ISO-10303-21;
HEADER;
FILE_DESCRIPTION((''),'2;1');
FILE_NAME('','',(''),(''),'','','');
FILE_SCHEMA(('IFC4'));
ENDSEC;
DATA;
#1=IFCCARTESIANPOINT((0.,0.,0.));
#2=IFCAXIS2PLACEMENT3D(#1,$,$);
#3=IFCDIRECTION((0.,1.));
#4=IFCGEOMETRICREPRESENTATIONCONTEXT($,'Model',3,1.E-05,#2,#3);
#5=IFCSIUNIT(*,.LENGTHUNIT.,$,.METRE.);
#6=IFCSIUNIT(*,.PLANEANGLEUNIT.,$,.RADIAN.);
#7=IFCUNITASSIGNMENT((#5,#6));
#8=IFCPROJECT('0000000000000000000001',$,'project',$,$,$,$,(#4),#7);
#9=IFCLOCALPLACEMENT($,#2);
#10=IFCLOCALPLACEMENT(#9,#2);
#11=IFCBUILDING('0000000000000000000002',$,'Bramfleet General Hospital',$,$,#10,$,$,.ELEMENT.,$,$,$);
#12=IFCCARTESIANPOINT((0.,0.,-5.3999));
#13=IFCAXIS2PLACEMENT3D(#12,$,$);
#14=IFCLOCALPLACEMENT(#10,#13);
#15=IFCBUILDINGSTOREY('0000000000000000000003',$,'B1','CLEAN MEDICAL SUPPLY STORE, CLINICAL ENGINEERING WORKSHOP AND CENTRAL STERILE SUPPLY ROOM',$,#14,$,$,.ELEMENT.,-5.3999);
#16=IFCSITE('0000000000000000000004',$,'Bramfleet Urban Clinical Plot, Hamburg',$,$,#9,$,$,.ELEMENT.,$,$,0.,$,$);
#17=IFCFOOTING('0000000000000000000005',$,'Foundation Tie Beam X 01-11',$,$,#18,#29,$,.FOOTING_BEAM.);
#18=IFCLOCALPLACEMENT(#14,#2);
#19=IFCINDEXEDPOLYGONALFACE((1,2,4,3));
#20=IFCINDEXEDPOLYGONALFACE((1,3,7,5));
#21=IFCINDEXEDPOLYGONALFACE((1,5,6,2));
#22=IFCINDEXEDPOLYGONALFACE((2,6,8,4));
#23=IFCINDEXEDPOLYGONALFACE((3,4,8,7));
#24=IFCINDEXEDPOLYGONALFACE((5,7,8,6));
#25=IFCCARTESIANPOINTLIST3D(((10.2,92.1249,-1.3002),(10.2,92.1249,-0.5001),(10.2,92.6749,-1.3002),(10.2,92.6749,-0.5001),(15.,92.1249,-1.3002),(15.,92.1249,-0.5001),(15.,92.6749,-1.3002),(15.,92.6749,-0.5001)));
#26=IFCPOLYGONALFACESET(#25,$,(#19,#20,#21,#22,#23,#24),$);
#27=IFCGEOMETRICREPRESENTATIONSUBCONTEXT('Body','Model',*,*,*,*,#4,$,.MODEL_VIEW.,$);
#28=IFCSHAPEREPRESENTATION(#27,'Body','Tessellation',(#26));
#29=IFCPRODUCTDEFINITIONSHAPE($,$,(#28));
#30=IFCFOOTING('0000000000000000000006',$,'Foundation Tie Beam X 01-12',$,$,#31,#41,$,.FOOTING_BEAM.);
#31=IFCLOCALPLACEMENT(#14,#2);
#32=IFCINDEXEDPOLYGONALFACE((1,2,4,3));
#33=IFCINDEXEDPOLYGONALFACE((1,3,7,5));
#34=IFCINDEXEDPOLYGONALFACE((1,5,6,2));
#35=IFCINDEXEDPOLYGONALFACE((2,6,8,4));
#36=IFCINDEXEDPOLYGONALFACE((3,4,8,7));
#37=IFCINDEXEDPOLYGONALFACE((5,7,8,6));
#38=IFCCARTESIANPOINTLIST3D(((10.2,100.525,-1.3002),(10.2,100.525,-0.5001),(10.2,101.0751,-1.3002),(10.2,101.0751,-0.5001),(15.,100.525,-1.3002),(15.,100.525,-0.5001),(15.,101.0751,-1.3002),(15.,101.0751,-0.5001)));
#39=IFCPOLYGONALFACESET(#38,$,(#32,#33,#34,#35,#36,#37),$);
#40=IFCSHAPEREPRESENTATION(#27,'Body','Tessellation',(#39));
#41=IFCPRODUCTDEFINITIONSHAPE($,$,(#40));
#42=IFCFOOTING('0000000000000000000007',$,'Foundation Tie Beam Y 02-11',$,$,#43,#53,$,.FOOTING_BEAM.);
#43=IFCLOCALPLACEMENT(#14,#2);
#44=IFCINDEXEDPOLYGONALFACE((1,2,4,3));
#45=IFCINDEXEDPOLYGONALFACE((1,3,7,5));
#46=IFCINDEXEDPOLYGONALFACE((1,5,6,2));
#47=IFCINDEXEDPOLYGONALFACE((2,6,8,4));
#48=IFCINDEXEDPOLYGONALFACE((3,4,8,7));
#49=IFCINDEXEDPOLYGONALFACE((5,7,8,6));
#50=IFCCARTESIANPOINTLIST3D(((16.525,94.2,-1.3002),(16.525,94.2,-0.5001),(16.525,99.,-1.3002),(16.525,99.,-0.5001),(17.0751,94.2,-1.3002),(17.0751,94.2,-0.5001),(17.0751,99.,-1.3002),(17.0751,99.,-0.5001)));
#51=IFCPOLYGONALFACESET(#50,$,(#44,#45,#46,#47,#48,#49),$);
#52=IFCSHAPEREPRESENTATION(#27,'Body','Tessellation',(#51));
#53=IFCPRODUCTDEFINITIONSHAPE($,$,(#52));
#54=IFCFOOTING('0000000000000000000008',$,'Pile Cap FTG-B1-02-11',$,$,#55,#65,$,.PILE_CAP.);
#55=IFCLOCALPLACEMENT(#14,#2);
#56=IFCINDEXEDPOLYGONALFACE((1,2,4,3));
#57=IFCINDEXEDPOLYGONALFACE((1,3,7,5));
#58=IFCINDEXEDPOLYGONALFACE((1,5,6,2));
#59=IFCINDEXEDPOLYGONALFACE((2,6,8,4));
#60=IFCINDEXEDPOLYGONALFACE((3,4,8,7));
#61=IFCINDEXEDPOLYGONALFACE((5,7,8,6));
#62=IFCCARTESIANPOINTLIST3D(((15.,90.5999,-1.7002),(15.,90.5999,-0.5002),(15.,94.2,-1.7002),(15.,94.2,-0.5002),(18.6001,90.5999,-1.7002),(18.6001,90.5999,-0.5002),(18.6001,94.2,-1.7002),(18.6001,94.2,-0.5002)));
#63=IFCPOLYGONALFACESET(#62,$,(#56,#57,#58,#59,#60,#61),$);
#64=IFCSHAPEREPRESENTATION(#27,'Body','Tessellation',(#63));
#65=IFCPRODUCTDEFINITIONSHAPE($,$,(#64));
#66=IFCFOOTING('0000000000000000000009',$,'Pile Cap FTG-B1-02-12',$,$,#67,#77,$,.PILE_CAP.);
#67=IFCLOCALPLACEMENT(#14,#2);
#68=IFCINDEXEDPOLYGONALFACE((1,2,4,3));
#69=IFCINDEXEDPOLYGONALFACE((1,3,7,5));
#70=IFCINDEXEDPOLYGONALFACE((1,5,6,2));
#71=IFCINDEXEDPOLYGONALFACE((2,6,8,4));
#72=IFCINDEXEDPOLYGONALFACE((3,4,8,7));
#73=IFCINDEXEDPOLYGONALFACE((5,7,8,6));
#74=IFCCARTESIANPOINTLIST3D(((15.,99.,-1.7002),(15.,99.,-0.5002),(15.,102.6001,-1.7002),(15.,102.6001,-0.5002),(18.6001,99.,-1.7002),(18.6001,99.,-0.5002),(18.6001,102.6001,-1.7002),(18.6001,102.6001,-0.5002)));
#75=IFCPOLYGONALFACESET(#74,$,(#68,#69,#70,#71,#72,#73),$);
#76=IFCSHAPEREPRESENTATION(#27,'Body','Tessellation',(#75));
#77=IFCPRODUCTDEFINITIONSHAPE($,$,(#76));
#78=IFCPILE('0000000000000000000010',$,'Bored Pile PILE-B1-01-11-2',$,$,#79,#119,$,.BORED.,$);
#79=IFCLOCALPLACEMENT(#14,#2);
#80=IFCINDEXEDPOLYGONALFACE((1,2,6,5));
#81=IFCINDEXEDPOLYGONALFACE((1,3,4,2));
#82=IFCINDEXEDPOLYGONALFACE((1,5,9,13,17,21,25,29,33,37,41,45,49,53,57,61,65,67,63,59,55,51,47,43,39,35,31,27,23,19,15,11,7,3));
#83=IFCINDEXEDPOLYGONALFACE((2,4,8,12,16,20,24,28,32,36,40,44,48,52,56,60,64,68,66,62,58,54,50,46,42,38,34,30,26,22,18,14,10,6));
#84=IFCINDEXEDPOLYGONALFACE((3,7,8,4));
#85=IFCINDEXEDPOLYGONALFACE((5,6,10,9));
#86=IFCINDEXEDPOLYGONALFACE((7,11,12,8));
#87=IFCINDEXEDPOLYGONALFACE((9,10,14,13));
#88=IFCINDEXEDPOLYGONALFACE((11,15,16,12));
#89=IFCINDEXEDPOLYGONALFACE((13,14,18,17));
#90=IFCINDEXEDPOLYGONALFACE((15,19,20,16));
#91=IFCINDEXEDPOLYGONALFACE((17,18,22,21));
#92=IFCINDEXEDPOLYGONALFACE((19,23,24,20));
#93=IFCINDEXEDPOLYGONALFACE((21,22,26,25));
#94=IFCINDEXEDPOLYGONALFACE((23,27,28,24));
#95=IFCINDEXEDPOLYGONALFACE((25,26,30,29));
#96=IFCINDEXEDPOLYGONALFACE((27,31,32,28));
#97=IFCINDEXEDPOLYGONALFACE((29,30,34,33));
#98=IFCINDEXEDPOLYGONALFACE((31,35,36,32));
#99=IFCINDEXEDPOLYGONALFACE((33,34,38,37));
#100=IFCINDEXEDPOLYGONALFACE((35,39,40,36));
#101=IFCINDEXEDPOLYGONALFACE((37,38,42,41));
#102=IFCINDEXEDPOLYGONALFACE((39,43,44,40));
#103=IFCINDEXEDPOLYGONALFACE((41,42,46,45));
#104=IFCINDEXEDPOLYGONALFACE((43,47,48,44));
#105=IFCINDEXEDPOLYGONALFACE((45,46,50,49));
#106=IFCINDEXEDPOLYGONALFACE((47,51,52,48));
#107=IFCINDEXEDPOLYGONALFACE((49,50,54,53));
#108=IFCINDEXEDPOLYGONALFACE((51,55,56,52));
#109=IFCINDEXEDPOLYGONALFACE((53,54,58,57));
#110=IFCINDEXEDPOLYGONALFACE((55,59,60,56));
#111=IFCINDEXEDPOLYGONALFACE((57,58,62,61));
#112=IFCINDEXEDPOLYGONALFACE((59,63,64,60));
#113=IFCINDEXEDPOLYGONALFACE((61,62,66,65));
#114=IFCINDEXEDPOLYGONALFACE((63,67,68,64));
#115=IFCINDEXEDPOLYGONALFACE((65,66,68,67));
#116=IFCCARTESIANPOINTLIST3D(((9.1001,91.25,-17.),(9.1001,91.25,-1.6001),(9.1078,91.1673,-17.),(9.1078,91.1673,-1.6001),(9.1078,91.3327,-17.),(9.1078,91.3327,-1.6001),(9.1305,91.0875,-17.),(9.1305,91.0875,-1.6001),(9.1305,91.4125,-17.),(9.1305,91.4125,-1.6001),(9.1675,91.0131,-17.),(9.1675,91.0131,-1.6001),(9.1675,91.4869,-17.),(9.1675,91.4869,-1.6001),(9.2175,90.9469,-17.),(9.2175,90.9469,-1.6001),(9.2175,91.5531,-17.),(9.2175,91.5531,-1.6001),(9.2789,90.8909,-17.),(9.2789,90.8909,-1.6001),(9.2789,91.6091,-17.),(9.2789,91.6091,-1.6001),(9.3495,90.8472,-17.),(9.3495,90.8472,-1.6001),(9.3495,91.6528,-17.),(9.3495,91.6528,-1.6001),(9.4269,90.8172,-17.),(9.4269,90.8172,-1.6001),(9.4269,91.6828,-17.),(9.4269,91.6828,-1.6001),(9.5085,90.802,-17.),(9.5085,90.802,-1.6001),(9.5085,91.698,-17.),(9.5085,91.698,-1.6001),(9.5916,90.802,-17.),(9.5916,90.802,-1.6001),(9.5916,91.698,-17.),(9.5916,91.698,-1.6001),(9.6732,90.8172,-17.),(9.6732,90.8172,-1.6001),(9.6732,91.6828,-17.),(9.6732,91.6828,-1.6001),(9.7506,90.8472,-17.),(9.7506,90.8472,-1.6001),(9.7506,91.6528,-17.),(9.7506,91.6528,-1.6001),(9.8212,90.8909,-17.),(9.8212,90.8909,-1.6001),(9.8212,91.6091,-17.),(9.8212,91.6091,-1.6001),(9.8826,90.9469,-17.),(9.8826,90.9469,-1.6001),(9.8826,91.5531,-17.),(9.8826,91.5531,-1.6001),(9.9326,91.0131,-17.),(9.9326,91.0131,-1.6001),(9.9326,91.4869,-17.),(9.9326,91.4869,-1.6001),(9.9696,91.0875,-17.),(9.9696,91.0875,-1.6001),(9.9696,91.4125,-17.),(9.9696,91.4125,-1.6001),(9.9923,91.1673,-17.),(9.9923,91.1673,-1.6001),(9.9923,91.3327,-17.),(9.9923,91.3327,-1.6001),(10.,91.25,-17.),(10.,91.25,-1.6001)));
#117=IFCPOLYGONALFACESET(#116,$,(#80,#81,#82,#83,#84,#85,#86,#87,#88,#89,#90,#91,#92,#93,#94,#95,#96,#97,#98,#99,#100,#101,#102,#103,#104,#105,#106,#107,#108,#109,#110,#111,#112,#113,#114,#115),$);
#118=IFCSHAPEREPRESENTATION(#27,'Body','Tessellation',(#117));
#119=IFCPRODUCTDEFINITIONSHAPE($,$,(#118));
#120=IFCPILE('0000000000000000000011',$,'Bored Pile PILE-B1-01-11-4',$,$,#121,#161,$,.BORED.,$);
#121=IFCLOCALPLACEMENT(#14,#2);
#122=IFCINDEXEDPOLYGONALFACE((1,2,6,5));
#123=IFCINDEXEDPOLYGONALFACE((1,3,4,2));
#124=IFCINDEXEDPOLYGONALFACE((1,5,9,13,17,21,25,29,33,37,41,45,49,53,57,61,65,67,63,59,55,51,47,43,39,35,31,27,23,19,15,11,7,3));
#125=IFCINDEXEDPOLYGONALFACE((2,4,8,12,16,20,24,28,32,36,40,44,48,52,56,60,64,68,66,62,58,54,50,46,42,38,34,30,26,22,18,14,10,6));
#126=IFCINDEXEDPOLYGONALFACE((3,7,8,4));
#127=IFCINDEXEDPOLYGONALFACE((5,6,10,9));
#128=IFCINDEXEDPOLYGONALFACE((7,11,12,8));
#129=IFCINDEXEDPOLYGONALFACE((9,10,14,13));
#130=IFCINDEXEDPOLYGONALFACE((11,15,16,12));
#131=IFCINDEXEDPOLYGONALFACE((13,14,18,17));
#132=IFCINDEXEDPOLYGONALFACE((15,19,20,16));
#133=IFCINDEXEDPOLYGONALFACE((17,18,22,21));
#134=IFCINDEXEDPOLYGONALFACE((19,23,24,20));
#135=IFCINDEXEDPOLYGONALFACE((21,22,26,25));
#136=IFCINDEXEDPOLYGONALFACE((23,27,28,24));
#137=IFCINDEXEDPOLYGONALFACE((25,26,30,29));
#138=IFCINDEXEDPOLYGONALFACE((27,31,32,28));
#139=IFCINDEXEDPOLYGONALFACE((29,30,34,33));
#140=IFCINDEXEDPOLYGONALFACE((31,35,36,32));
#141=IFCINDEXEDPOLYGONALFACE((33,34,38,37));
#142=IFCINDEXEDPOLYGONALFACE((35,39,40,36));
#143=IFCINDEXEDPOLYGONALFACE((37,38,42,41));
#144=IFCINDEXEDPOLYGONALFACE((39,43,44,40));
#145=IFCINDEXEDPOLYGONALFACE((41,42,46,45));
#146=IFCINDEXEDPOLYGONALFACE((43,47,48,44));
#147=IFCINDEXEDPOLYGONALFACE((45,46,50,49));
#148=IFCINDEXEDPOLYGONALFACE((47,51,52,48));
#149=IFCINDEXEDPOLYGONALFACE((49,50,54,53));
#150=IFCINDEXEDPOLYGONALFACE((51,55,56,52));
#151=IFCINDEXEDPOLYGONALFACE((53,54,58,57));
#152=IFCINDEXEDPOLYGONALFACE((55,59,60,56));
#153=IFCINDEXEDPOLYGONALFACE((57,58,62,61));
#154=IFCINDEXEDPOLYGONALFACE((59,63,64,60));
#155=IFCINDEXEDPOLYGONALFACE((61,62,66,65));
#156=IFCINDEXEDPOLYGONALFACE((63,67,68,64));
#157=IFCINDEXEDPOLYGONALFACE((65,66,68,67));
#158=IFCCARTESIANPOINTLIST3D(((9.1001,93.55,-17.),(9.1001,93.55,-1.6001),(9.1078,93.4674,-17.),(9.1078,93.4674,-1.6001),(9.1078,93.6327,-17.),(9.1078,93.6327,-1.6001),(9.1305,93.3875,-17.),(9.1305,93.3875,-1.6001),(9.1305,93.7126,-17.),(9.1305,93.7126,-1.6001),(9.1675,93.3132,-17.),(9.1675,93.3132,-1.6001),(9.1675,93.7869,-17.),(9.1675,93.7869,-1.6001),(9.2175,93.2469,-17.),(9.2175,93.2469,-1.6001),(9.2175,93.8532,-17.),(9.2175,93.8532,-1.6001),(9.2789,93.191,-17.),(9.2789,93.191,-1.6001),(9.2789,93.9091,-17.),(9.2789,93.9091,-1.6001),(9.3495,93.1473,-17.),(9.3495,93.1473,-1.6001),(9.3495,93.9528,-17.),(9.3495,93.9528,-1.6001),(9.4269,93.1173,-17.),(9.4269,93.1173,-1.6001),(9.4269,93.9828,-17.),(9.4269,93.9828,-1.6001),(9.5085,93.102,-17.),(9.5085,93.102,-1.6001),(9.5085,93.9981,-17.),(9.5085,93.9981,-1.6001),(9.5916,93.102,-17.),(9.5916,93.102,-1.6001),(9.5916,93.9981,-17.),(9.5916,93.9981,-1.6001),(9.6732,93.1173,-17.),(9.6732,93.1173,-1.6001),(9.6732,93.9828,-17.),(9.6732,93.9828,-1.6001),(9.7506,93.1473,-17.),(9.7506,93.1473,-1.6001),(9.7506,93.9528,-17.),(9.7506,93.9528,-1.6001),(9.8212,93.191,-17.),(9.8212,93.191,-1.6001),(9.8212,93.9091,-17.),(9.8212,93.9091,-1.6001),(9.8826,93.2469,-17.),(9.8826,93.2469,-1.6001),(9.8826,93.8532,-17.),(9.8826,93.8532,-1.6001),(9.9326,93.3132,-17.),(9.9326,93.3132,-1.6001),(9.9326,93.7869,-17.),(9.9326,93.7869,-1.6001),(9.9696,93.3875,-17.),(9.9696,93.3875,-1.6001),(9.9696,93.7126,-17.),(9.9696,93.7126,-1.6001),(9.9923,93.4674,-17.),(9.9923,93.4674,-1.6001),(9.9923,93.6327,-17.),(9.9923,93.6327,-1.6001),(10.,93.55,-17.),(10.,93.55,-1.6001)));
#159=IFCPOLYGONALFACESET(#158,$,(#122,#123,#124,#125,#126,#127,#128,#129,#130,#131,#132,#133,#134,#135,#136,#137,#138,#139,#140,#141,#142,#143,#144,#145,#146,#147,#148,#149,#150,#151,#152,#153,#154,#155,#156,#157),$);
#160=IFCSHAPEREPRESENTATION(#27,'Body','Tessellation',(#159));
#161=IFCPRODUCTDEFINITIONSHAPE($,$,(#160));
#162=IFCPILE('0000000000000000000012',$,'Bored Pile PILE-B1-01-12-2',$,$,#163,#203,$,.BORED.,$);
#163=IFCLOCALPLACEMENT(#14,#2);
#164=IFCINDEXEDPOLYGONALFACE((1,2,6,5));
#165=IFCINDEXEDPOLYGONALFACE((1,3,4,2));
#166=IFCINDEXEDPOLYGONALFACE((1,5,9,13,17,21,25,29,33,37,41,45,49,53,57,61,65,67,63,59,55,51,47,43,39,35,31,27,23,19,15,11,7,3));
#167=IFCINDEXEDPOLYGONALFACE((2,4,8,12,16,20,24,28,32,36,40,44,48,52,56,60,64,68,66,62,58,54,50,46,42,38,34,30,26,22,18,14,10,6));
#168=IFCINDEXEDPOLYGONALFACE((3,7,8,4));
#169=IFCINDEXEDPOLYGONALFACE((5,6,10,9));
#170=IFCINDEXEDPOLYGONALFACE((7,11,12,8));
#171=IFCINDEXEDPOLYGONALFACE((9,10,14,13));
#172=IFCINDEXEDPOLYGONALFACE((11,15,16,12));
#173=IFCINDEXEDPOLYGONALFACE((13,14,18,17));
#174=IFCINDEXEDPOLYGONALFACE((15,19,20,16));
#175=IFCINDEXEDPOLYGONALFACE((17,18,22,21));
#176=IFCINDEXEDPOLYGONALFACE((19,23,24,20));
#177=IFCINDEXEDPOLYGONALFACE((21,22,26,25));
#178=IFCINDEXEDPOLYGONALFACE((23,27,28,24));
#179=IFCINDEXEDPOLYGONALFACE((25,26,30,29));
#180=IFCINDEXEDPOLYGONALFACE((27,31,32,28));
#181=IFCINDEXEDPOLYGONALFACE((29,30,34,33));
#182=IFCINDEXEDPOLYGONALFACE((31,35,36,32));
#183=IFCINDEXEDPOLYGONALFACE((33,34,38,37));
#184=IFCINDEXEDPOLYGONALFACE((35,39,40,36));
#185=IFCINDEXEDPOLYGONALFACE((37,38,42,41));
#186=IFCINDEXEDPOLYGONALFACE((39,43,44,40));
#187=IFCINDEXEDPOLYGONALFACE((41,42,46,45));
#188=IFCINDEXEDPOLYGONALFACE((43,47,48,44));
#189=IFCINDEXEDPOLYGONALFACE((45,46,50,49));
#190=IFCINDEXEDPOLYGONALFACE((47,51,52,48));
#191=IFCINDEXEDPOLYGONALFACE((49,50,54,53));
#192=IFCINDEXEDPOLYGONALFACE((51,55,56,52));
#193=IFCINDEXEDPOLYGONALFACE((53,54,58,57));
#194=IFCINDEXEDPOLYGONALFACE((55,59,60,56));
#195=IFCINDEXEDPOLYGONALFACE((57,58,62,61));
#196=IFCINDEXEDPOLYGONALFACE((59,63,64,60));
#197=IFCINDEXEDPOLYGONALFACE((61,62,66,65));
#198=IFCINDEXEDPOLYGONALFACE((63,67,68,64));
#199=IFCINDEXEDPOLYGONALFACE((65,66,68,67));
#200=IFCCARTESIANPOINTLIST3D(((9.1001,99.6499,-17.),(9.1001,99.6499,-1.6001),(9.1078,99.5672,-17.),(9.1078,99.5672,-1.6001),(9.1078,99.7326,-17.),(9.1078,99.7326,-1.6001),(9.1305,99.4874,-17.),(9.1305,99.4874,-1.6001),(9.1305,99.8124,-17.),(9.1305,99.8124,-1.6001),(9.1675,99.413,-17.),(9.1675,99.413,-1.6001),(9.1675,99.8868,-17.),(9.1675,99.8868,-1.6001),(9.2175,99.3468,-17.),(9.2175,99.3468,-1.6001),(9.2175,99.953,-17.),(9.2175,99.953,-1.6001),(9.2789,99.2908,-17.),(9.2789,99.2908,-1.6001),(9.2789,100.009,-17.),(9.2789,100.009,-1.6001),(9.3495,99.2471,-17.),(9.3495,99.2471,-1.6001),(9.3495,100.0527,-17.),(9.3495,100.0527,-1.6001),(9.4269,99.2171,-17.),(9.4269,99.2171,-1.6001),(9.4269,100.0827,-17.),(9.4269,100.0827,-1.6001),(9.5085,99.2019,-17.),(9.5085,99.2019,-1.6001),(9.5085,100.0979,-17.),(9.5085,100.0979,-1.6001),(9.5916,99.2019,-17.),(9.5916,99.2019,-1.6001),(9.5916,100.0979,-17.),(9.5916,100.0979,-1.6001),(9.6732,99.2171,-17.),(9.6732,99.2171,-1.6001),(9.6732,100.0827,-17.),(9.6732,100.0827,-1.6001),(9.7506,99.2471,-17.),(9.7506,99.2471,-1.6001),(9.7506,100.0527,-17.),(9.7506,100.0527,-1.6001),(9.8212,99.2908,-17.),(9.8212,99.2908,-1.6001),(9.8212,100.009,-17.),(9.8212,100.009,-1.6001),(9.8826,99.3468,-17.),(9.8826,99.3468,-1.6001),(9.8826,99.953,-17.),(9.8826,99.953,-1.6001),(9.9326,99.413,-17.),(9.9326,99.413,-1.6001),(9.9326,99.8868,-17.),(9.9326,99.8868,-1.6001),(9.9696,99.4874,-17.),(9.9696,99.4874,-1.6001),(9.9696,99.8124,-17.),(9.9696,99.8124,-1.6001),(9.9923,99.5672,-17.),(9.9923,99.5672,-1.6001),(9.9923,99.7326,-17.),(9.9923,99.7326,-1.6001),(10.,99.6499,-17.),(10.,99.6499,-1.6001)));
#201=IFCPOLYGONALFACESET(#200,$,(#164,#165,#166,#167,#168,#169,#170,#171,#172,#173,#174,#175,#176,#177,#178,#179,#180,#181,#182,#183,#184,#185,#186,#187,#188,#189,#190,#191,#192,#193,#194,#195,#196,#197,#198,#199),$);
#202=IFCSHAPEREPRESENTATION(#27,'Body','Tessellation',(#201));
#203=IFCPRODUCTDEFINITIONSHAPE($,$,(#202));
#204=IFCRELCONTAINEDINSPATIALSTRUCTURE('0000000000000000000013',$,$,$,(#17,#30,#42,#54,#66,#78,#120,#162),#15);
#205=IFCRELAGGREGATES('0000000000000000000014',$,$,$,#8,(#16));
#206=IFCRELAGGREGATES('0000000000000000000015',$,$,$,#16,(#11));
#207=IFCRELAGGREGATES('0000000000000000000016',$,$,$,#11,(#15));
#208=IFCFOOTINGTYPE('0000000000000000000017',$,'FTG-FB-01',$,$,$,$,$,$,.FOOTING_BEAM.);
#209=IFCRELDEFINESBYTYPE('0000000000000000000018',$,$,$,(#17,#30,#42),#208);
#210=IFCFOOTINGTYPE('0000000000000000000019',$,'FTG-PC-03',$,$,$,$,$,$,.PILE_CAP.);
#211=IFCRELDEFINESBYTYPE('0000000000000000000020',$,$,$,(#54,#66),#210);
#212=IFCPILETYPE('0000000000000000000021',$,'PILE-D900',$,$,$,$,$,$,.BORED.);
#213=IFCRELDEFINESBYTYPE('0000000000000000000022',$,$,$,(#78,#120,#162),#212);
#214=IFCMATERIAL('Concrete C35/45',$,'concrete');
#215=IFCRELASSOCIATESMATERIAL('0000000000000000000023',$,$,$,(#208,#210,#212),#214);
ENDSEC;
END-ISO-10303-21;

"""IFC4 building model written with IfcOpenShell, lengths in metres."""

from ifc_helpers import new_model, si_unit, direction, frame, origin, origin_2d, place, context, subcontext, project, spatial, rectangle, circle, extrude, material, material_profile, profile_set, type_object, element, save


model = new_model("IFC4")

# Units and contexts
model_context = context("Model", 3, precision=1e-05, world=origin(), true_north=direction((0.0, 1.0)))
body_context = subcontext(model_context, "Body", "Model", "MODEL_VIEW")
ifc_project = project(units=[si_unit("LENGTHUNIT", "METRE"), si_unit("PLANEANGLEUNIT", "RADIAN")], contexts=[model_context])

# Site, building, storey
site_placement = place(None, origin())
site = spatial("IfcSite", under=ifc_project, at=site_placement, Name="Bramfleet Urban Clinical Plot, Hamburg", CompositionType="ELEMENT", RefElevation=0.0)
building_placement = place(site_placement, origin())
building = spatial("IfcBuilding", under=site, at=building_placement, Name="Bramfleet General Hospital", CompositionType="ELEMENT")
storey_placement = place(building_placement, frame((0.0, 0.0, -5.3999)))
storey = spatial("IfcBuildingStorey", under=building, at=storey_placement, Name="B1", Description="CLEAN MEDICAL SUPPLY STORE, CLINICAL ENGINEERING WORKSHOP AND CENTRAL STERILE SUPPLY ROOM", CompositionType="ELEMENT", Elevation=-5.3999)

# Footings
ifc_material_1 = material(Name="Concrete C35/45", Category="concrete")
ifc_material_profile_1 = material_profile(ifc_material_1, rectangle(XDim=0.55, YDim=0.8, at=origin_2d()), Name="RC FB 800x550")
ifc_profile_set_1 = profile_set([ifc_material_profile_1], Name="Concrete C35/45")
footing_type_1 = type_object("IfcFootingType", Name="FTG-FB-01", PredefinedType="FOOTING_BEAM", material=ifc_profile_set_1)
for number, where, z_axis, x_axis, name in (
    (1, (10.2, 92.3999, -0.9001), (1.0, 0.0, 0.0), (0.0, 1.0, 0.0), "Foundation Tie Beam X 01-11"),
    (2, (10.2, 100.8, -0.9001), (1.0, 0.0, 0.0), (0.0, 1.0, 0.0), "Foundation Tie Beam X 01-12"),
    (3, (16.8, 94.2, -0.9001), (0.0, 1.0, 0.0), (-1.0, 0.0, 0.0), "Foundation Tie Beam Y 02-11"),
):
    element("IfcFooting", number, at=place(storey_placement, frame(where, z_axis=z_axis, x_axis=x_axis)), inside=storey, type_object=footing_type_1, Name=name, PredefinedType="FOOTING_BEAM", context=body_context, shape_type="SweptSolid", body=[
        extrude(rectangle(XDim=0.55, YDim=0.8, at=origin_2d()), origin(), (0.0, 0.0, 1.0), 4.8),
    ])
footing_type_2 = type_object("IfcFootingType", Name="FTG-PC-03", PredefinedType="PILE_CAP", material=ifc_material_1)
for number, where, z_axis, x_axis, name in (
    (4, (16.8, 92.3999, -1.7002), (0.0, 0.0, 1.0), (1.0, 0.0, 0.0), "Pile Cap FTG-B1-02-11"),
    (5, (16.8, 100.8, -1.7002), (0.0, 0.0, 1.0), (1.0, 0.0, 0.0), "Pile Cap FTG-B1-02-12"),
):
    element("IfcFooting", number, at=place(storey_placement, frame(where, z_axis=z_axis, x_axis=x_axis)), inside=storey, type_object=footing_type_2, Name=name, PredefinedType="PILE_CAP", context=body_context, shape_type="SweptSolid", body=[
        extrude(rectangle(XDim=3.6001, YDim=3.6001, at=origin_2d()), origin(), (0.0, 0.0, 1.0), 1.2),
    ])

# Piles
ifc_material_profile_2 = material_profile(ifc_material_1, circle(Radius=0.45, at=origin_2d()), Name="PILE BORED D900")
ifc_profile_set_2 = profile_set([ifc_material_profile_2], Name="Concrete C35/45")
pile_type = type_object("IfcPileType", Name="PILE-D900", PredefinedType="BORED", material=ifc_profile_set_2)
for number, where, z_axis, x_axis, name in (
    (6, (9.55, 91.25, -1.6001), (0.0, 0.0, -1.0), (1.0, 0.0, 0.0), "Bored Pile PILE-B1-01-11-2"),
    (7, (9.55, 93.55, -1.6001), (0.0, 0.0, -1.0), (1.0, 0.0, 0.0), "Bored Pile PILE-B1-01-11-4"),
    (8, (9.55, 99.6499, -1.6001), (0.0, 0.0, -1.0), (1.0, 0.0, 0.0), "Bored Pile PILE-B1-01-12-2"),
):
    element("IfcPile", number, at=place(storey_placement, frame(where, z_axis=z_axis, x_axis=x_axis)), inside=storey, type_object=pile_type, Name=name, PredefinedType="BORED", context=body_context, shape_type="SweptSolid", body=[
        extrude(circle(Radius=0.45, at=origin_2d()), origin(), (0.0, 0.0, 1.0), 15.3999),
    ])

save(model, "model.ifc")
